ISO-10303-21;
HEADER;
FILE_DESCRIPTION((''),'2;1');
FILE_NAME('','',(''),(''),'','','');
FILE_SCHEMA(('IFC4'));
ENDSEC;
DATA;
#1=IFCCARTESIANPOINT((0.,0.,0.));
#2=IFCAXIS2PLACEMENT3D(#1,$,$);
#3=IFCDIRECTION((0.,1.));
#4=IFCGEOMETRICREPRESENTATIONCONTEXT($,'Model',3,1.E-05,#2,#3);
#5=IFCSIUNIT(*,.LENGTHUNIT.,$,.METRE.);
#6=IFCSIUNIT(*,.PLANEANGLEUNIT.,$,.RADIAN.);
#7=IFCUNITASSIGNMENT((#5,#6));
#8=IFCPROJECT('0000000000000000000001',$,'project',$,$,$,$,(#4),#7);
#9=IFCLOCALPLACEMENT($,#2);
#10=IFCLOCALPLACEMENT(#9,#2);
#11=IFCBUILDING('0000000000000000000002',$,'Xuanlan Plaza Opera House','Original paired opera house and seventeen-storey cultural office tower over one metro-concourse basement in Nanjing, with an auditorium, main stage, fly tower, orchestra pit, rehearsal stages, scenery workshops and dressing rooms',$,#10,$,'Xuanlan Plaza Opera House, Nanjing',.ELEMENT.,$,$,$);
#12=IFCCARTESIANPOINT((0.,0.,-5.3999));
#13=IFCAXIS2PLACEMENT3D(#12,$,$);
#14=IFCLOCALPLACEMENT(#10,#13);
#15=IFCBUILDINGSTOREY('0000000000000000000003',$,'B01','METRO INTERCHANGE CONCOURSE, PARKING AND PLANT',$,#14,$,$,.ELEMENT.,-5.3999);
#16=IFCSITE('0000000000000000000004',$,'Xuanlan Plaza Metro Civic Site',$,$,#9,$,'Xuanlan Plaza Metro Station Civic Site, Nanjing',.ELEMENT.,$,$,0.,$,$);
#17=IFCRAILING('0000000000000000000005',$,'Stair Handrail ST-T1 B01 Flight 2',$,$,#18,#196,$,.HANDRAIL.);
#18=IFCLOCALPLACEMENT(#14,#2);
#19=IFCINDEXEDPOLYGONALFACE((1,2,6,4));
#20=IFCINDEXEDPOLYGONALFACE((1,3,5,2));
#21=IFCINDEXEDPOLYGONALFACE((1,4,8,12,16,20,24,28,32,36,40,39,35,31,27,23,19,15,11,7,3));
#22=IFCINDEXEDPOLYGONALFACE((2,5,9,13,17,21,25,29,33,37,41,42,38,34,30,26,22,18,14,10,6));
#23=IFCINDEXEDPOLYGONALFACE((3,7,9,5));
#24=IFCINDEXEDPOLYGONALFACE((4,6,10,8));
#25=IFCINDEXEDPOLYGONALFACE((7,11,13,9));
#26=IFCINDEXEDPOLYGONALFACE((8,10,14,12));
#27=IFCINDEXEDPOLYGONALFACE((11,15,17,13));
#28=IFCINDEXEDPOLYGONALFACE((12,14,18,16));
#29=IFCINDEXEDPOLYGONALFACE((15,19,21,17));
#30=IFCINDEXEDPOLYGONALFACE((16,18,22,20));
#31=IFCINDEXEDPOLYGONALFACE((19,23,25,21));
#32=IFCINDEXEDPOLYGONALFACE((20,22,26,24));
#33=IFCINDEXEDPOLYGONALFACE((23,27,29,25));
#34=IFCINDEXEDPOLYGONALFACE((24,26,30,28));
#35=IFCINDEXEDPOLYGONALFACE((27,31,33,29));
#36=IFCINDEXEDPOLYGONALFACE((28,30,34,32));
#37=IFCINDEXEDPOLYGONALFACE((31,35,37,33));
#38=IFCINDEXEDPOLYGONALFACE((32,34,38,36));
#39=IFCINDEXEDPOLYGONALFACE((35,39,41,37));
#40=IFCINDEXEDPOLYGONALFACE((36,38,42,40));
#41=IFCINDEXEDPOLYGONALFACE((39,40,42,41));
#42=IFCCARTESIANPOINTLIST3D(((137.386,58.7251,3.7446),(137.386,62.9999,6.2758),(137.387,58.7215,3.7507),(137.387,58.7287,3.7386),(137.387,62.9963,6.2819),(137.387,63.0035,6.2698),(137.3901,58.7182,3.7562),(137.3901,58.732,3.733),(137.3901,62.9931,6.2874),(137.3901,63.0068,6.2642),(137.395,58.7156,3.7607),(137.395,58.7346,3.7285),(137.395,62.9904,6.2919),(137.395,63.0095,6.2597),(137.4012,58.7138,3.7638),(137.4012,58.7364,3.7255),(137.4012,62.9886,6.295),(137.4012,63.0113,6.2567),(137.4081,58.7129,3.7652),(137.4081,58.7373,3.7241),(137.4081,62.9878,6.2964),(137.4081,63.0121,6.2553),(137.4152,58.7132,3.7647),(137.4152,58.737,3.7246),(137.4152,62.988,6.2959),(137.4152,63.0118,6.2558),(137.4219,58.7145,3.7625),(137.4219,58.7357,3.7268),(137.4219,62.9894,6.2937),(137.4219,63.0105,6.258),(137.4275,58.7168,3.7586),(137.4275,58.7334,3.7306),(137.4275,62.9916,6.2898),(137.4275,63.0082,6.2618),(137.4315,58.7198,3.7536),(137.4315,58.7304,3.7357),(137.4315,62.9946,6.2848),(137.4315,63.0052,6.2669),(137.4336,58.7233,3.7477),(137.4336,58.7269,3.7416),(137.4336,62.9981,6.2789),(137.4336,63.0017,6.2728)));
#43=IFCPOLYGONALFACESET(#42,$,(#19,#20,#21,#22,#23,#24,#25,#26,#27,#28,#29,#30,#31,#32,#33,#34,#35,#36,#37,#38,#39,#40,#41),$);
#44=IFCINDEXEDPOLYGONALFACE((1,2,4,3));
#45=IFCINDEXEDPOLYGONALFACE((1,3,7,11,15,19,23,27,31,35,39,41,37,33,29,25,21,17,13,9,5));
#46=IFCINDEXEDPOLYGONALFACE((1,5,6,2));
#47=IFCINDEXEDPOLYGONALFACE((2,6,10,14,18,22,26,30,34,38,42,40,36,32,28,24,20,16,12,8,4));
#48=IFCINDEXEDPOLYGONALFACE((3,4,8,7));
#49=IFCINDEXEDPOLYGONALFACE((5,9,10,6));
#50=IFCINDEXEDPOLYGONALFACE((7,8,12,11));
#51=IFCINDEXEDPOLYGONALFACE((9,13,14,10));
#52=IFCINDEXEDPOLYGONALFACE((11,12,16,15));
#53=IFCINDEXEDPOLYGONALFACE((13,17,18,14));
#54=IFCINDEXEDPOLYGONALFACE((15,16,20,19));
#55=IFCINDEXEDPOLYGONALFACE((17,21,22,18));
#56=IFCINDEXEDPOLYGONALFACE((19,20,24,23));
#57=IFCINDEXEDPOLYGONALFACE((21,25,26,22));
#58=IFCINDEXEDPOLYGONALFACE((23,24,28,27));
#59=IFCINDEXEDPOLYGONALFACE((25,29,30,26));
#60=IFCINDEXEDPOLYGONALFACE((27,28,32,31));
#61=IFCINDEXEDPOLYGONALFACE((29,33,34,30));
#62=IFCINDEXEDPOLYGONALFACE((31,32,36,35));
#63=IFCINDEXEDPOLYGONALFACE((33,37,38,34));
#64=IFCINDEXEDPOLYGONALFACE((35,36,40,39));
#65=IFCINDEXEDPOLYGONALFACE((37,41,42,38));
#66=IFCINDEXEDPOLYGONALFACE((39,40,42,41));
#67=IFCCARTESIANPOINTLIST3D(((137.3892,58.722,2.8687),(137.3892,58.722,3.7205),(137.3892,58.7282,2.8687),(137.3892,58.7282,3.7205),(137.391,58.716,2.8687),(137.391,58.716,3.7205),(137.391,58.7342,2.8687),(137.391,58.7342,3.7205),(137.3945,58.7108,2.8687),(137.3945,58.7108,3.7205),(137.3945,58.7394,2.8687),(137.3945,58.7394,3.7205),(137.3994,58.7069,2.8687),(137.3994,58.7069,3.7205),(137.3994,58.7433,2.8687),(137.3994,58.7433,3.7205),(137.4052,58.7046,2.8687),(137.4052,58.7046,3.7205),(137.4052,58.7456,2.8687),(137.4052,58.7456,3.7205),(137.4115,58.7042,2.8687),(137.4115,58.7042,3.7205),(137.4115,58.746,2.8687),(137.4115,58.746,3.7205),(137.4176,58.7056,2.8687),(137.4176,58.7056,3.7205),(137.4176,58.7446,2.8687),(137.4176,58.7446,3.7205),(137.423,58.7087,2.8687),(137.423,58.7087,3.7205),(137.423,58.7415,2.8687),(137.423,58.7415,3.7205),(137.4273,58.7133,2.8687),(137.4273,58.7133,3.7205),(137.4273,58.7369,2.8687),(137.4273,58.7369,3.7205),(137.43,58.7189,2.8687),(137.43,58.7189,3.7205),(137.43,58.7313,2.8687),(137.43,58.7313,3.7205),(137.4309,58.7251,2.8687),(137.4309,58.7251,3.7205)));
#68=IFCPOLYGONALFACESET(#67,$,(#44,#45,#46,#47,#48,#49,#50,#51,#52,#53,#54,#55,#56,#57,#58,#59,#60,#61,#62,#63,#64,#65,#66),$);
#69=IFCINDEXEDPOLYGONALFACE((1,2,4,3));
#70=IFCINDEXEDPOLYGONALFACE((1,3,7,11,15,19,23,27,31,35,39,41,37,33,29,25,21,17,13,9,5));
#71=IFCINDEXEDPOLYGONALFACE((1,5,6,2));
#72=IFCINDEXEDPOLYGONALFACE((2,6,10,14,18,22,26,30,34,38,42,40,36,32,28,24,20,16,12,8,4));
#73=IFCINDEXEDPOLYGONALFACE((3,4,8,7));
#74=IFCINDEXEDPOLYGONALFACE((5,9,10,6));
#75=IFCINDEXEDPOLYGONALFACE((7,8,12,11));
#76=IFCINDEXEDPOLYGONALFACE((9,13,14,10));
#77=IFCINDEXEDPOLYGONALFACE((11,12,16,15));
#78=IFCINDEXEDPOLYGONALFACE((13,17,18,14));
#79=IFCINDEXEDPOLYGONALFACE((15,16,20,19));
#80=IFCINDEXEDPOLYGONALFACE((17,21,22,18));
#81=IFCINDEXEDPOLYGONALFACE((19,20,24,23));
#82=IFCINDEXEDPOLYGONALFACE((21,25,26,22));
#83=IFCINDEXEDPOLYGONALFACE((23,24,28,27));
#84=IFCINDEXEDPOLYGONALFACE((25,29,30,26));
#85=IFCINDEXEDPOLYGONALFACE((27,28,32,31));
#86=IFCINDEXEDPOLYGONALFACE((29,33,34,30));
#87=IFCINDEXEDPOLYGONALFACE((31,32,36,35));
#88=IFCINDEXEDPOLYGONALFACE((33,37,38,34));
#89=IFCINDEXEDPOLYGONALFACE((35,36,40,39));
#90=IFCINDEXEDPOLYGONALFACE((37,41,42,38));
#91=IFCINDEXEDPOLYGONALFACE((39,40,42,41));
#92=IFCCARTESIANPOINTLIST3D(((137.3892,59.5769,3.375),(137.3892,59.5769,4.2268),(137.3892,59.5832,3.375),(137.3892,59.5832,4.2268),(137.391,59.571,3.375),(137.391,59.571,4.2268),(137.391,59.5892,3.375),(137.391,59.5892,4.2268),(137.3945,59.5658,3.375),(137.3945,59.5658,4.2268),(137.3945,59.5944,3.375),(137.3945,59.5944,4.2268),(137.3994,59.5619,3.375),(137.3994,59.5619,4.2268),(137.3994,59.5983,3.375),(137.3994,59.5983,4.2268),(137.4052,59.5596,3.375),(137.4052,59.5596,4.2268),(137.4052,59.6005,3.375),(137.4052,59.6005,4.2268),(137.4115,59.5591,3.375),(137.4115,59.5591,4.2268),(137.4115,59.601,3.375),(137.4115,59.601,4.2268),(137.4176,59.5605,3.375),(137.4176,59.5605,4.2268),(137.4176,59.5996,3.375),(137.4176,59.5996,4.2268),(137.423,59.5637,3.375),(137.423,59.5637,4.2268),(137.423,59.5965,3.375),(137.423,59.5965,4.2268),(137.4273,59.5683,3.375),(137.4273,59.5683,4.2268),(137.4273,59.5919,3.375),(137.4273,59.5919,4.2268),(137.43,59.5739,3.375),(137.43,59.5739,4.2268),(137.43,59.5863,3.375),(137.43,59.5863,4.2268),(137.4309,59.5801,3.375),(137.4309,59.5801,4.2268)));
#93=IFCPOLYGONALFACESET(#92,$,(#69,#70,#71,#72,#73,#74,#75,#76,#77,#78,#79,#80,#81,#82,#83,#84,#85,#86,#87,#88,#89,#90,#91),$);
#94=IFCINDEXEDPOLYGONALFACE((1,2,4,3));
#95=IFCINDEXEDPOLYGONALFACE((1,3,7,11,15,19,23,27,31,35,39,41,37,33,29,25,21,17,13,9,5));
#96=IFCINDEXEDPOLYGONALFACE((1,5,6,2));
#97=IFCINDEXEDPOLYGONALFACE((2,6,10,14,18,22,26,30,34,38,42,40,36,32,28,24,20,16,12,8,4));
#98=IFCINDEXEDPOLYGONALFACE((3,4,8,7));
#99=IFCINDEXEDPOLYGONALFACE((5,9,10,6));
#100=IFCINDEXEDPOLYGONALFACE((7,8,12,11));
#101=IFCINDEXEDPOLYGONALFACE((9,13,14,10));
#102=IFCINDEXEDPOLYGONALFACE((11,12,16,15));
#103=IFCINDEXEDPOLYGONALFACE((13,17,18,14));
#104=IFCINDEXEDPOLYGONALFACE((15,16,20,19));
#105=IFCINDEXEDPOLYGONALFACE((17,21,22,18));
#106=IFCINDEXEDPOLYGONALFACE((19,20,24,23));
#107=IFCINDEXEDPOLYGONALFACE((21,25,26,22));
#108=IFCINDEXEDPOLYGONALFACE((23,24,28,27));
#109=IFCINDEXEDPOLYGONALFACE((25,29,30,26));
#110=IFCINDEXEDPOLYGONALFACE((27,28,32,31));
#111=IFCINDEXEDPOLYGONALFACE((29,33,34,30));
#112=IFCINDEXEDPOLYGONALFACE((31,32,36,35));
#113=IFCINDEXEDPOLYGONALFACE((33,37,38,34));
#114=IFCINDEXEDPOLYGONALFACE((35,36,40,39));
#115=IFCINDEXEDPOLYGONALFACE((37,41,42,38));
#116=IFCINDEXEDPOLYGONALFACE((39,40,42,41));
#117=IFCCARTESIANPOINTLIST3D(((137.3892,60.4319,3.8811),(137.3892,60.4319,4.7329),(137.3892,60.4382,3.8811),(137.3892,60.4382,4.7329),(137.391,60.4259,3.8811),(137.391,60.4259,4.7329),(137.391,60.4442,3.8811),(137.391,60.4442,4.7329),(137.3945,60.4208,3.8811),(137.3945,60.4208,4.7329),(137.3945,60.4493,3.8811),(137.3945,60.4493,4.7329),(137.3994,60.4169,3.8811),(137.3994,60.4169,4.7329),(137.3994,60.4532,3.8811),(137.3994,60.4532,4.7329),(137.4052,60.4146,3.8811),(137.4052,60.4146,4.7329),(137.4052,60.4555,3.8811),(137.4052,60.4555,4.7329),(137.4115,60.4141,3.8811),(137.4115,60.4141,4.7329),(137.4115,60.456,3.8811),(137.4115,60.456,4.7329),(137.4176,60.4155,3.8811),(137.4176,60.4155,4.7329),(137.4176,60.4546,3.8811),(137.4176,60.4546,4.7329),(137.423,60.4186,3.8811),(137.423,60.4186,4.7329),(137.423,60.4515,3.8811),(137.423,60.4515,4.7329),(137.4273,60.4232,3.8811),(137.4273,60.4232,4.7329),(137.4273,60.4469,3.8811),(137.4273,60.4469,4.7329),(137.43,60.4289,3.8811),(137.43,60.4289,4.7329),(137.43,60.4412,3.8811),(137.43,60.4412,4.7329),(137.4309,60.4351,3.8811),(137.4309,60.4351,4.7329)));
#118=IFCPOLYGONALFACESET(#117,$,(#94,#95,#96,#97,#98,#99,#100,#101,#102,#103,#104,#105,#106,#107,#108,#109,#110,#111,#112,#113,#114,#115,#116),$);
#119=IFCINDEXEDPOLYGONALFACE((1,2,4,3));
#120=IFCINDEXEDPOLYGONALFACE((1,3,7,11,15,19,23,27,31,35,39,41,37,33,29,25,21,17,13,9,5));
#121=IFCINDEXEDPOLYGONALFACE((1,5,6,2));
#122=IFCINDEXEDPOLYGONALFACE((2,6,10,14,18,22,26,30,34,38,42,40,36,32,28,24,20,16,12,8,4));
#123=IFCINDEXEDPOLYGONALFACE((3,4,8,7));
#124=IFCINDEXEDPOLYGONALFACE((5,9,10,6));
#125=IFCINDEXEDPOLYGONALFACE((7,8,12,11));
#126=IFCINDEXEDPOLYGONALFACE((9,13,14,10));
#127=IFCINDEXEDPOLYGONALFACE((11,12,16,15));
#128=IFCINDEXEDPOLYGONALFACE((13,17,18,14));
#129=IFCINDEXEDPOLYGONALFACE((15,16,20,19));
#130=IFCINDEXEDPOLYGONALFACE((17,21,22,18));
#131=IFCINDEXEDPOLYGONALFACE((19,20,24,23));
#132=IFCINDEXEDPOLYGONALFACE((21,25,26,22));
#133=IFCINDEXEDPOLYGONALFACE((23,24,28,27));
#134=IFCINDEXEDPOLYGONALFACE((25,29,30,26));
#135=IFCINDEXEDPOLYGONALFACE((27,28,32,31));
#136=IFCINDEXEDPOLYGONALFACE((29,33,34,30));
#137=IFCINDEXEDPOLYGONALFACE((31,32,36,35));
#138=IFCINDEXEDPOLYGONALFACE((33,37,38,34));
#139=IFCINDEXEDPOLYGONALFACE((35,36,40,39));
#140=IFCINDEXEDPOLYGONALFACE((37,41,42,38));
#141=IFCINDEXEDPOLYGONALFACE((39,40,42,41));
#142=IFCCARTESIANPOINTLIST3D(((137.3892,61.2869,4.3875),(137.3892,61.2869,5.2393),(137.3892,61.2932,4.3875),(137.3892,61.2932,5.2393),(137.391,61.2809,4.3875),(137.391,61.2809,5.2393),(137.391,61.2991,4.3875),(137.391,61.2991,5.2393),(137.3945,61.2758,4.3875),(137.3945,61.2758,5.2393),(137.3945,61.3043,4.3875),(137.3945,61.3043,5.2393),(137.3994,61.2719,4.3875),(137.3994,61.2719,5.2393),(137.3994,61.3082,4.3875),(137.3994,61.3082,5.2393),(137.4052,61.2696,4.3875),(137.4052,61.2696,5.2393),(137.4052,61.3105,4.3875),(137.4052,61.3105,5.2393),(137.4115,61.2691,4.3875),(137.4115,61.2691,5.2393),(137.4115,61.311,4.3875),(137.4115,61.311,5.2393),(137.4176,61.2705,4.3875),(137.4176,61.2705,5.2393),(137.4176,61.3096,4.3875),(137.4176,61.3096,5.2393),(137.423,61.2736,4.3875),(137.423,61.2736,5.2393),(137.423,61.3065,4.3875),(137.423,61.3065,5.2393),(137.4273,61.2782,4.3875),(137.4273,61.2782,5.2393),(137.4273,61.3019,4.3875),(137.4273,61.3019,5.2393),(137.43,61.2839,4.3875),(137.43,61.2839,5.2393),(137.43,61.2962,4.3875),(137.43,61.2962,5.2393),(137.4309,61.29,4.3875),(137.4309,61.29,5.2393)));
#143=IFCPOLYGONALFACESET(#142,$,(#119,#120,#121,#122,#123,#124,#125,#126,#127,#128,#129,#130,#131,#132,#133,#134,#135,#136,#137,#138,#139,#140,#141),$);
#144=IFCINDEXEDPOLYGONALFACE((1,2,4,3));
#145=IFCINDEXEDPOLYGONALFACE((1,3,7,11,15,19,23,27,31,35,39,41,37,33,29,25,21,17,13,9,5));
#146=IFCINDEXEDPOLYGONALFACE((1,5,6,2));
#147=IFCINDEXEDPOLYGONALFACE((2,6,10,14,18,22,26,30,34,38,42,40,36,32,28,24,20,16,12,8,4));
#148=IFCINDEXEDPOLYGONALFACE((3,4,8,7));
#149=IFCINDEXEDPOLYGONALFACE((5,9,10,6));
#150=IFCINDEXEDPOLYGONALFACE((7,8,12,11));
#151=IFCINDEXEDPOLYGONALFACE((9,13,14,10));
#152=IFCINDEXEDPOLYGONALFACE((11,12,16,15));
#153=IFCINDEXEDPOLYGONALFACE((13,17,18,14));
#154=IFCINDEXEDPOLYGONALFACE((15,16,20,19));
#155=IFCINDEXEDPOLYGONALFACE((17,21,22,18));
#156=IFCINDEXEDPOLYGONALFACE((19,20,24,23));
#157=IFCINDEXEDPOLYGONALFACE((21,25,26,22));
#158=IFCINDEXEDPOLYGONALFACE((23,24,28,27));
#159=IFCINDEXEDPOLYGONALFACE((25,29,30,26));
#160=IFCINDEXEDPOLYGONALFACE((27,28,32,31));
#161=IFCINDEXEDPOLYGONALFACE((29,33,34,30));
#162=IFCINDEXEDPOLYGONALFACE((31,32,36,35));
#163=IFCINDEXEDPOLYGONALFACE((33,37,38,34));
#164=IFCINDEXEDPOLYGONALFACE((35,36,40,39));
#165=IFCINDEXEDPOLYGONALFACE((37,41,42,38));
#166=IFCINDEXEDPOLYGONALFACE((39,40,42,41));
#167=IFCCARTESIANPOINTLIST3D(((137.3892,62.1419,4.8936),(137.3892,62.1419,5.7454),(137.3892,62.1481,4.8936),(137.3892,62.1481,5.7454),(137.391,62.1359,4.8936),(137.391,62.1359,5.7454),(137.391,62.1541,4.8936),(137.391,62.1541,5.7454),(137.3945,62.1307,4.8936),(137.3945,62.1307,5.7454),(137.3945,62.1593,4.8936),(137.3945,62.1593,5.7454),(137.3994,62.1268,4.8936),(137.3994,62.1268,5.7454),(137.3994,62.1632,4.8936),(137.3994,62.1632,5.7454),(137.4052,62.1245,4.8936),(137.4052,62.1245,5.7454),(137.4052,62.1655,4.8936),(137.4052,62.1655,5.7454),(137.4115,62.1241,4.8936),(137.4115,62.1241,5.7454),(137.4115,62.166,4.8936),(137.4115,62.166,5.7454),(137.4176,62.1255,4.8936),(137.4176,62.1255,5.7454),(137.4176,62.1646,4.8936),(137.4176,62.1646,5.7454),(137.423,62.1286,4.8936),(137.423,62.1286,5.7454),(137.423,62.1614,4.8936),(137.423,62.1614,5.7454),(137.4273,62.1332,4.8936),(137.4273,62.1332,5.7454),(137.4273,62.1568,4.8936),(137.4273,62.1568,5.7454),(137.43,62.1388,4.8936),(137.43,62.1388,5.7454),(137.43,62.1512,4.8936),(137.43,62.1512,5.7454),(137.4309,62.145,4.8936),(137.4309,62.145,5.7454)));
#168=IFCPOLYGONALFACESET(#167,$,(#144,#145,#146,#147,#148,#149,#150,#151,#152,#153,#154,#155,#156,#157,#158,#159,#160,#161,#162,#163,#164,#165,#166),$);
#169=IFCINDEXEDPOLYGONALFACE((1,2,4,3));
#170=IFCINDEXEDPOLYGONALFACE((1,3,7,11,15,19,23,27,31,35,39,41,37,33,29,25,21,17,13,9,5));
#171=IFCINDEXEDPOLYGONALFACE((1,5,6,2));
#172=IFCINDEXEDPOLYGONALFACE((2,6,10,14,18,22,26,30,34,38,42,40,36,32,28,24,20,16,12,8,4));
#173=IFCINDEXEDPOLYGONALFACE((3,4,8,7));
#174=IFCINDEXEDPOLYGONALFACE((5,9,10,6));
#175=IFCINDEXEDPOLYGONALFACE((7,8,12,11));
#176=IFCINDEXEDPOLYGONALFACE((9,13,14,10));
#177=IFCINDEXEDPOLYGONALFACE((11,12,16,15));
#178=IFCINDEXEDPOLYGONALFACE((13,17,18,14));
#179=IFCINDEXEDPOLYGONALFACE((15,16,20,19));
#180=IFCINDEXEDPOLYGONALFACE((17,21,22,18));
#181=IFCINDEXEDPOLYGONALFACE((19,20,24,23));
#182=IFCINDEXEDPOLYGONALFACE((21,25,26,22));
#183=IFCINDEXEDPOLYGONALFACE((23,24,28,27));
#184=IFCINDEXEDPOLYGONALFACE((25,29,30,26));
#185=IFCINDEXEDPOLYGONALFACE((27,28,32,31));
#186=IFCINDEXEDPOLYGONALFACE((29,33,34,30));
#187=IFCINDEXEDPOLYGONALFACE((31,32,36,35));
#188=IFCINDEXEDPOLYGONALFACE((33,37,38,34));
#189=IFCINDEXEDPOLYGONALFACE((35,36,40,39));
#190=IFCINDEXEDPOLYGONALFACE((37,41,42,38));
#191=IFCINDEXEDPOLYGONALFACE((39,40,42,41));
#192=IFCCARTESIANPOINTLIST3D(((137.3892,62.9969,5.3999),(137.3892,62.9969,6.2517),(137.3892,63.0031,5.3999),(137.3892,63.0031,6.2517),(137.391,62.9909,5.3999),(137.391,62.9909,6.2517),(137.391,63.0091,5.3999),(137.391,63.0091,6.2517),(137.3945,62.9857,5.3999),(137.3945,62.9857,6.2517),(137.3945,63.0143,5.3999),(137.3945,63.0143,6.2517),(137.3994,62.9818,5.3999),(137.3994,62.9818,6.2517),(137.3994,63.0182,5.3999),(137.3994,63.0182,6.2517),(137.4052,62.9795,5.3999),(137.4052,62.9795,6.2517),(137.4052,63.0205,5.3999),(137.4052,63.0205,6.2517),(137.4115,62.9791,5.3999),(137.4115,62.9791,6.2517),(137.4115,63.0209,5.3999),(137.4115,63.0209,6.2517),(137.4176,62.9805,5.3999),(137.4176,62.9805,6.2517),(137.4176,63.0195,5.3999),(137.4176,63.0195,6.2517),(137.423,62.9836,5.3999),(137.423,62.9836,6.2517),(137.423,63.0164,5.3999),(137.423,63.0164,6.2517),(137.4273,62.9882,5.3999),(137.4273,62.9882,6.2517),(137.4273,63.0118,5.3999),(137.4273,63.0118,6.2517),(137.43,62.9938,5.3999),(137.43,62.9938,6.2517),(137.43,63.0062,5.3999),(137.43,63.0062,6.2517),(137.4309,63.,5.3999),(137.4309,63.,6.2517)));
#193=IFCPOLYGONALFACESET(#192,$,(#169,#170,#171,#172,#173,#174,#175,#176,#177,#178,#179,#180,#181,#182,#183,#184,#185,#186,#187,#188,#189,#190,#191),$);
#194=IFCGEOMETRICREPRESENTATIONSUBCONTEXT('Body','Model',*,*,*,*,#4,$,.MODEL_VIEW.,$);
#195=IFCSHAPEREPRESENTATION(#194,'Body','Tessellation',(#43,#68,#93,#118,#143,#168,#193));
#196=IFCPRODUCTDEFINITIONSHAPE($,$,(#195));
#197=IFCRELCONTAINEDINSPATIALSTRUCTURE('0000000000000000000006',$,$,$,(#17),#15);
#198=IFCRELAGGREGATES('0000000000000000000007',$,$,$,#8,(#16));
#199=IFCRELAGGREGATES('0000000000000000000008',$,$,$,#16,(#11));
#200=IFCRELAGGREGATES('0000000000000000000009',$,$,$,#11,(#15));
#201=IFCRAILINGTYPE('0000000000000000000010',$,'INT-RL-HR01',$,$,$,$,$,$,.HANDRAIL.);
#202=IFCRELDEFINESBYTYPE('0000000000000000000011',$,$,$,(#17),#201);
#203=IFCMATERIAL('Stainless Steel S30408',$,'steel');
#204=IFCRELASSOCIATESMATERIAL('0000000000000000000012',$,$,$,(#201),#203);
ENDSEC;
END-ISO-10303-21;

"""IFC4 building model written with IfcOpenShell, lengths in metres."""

from ifc_helpers import new_model, si_unit, direction, frame, origin, origin_2d, place, context, subcontext, project, spatial, circle, extrude, material, type_object, element, save


model = new_model("IFC4")

# Units and contexts
model_context = context("Model", 3, precision=1e-05, world=origin(), true_north=direction((0.0, 1.0)))
body_context = subcontext(model_context, "Body", "Model", "MODEL_VIEW")
ifc_project = project(units=[si_unit("LENGTHUNIT", "METRE"), si_unit("PLANEANGLEUNIT", "RADIAN")], contexts=[model_context])

# Site, building, storey
site_placement = place(None, origin())
site = spatial("IfcSite", under=ifc_project, at=site_placement, Name="Xuanlan Plaza Metro Civic Site", LongName="Xuanlan Plaza Metro Station Civic Site, Nanjing", CompositionType="ELEMENT", RefElevation=0.0)
building_placement = place(site_placement, origin())
building = spatial("IfcBuilding", under=site, at=building_placement, Name="Xuanlan Plaza Opera House", Description="Original paired opera house and seventeen-storey cultural office tower over one metro-concourse basement in Nanjing, with an auditorium, main stage, fly tower, orchestra pit, rehearsal stages, scenery workshops and dressing rooms", LongName="Xuanlan Plaza Opera House, Nanjing", CompositionType="ELEMENT")
storey_placement = place(building_placement, frame((0.0, 0.0, -5.3999)))
storey = spatial("IfcBuildingStorey", under=building, at=storey_placement, Name="B01", Description="METRO INTERCHANGE CONCOURSE, PARKING AND PLANT", CompositionType="ELEMENT", Elevation=-5.3999)

# Shared definitions
ifc_material_1 = material(Name="Stainless Steel S30408", Category="steel")

# Railing
railing_type = type_object("IfcRailingType", Name="INT-RL-HR01", PredefinedType="HANDRAIL", material=ifc_material_1)
for number, where, name in (
    (1, (137.4099, 58.7251, 2.8687), "Stair Handrail ST-T1 B01 Flight 2"),
):
    element("IfcRailing", number, at=place(storey_placement, frame(where)), inside=storey, type_object=railing_type, Name=name, PredefinedType="HANDRAIL", context=body_context, shape_type="SweptSolid", body=[
        extrude(circle(Radius=0.0239, at=origin_2d()), frame((0.0, 0.0, 0.876), z_axis=(0.0, 0.86047, 0.509501), x_axis=(-1.0, 0.0, 0.0)), (0.0, 0.0, 1.0), 4.968),
        extrude(circle(Radius=0.021, at=origin_2d()), origin(), (0.0, 0.0, 1.0), 0.8518),
        extrude(circle(Radius=0.021, at=origin_2d()), frame((0.0, 0.855, 0.5063)), (0.0, 0.0, 1.0), 0.8518),
        extrude(circle(Radius=0.021, at=origin_2d()), frame((0.0, 1.71, 1.0125)), (0.0, 0.0, 1.0), 0.8518),
        extrude(circle(Radius=0.021, at=origin_2d()), frame((0.0, 2.5649, 1.5188)), (0.0, 0.0, 1.0), 0.8518),
        extrude(circle(Radius=0.021, at=origin_2d()), frame((0.0, 3.4199, 2.0249)), (0.0, 0.0, 1.0), 0.8518),
        extrude(circle(Radius=0.021, at=origin_2d()), frame((0.0, 4.2749, 2.5312)), (0.0, 0.0, 1.0), 0.8518),
    ])

save(model, "model.ifc")
